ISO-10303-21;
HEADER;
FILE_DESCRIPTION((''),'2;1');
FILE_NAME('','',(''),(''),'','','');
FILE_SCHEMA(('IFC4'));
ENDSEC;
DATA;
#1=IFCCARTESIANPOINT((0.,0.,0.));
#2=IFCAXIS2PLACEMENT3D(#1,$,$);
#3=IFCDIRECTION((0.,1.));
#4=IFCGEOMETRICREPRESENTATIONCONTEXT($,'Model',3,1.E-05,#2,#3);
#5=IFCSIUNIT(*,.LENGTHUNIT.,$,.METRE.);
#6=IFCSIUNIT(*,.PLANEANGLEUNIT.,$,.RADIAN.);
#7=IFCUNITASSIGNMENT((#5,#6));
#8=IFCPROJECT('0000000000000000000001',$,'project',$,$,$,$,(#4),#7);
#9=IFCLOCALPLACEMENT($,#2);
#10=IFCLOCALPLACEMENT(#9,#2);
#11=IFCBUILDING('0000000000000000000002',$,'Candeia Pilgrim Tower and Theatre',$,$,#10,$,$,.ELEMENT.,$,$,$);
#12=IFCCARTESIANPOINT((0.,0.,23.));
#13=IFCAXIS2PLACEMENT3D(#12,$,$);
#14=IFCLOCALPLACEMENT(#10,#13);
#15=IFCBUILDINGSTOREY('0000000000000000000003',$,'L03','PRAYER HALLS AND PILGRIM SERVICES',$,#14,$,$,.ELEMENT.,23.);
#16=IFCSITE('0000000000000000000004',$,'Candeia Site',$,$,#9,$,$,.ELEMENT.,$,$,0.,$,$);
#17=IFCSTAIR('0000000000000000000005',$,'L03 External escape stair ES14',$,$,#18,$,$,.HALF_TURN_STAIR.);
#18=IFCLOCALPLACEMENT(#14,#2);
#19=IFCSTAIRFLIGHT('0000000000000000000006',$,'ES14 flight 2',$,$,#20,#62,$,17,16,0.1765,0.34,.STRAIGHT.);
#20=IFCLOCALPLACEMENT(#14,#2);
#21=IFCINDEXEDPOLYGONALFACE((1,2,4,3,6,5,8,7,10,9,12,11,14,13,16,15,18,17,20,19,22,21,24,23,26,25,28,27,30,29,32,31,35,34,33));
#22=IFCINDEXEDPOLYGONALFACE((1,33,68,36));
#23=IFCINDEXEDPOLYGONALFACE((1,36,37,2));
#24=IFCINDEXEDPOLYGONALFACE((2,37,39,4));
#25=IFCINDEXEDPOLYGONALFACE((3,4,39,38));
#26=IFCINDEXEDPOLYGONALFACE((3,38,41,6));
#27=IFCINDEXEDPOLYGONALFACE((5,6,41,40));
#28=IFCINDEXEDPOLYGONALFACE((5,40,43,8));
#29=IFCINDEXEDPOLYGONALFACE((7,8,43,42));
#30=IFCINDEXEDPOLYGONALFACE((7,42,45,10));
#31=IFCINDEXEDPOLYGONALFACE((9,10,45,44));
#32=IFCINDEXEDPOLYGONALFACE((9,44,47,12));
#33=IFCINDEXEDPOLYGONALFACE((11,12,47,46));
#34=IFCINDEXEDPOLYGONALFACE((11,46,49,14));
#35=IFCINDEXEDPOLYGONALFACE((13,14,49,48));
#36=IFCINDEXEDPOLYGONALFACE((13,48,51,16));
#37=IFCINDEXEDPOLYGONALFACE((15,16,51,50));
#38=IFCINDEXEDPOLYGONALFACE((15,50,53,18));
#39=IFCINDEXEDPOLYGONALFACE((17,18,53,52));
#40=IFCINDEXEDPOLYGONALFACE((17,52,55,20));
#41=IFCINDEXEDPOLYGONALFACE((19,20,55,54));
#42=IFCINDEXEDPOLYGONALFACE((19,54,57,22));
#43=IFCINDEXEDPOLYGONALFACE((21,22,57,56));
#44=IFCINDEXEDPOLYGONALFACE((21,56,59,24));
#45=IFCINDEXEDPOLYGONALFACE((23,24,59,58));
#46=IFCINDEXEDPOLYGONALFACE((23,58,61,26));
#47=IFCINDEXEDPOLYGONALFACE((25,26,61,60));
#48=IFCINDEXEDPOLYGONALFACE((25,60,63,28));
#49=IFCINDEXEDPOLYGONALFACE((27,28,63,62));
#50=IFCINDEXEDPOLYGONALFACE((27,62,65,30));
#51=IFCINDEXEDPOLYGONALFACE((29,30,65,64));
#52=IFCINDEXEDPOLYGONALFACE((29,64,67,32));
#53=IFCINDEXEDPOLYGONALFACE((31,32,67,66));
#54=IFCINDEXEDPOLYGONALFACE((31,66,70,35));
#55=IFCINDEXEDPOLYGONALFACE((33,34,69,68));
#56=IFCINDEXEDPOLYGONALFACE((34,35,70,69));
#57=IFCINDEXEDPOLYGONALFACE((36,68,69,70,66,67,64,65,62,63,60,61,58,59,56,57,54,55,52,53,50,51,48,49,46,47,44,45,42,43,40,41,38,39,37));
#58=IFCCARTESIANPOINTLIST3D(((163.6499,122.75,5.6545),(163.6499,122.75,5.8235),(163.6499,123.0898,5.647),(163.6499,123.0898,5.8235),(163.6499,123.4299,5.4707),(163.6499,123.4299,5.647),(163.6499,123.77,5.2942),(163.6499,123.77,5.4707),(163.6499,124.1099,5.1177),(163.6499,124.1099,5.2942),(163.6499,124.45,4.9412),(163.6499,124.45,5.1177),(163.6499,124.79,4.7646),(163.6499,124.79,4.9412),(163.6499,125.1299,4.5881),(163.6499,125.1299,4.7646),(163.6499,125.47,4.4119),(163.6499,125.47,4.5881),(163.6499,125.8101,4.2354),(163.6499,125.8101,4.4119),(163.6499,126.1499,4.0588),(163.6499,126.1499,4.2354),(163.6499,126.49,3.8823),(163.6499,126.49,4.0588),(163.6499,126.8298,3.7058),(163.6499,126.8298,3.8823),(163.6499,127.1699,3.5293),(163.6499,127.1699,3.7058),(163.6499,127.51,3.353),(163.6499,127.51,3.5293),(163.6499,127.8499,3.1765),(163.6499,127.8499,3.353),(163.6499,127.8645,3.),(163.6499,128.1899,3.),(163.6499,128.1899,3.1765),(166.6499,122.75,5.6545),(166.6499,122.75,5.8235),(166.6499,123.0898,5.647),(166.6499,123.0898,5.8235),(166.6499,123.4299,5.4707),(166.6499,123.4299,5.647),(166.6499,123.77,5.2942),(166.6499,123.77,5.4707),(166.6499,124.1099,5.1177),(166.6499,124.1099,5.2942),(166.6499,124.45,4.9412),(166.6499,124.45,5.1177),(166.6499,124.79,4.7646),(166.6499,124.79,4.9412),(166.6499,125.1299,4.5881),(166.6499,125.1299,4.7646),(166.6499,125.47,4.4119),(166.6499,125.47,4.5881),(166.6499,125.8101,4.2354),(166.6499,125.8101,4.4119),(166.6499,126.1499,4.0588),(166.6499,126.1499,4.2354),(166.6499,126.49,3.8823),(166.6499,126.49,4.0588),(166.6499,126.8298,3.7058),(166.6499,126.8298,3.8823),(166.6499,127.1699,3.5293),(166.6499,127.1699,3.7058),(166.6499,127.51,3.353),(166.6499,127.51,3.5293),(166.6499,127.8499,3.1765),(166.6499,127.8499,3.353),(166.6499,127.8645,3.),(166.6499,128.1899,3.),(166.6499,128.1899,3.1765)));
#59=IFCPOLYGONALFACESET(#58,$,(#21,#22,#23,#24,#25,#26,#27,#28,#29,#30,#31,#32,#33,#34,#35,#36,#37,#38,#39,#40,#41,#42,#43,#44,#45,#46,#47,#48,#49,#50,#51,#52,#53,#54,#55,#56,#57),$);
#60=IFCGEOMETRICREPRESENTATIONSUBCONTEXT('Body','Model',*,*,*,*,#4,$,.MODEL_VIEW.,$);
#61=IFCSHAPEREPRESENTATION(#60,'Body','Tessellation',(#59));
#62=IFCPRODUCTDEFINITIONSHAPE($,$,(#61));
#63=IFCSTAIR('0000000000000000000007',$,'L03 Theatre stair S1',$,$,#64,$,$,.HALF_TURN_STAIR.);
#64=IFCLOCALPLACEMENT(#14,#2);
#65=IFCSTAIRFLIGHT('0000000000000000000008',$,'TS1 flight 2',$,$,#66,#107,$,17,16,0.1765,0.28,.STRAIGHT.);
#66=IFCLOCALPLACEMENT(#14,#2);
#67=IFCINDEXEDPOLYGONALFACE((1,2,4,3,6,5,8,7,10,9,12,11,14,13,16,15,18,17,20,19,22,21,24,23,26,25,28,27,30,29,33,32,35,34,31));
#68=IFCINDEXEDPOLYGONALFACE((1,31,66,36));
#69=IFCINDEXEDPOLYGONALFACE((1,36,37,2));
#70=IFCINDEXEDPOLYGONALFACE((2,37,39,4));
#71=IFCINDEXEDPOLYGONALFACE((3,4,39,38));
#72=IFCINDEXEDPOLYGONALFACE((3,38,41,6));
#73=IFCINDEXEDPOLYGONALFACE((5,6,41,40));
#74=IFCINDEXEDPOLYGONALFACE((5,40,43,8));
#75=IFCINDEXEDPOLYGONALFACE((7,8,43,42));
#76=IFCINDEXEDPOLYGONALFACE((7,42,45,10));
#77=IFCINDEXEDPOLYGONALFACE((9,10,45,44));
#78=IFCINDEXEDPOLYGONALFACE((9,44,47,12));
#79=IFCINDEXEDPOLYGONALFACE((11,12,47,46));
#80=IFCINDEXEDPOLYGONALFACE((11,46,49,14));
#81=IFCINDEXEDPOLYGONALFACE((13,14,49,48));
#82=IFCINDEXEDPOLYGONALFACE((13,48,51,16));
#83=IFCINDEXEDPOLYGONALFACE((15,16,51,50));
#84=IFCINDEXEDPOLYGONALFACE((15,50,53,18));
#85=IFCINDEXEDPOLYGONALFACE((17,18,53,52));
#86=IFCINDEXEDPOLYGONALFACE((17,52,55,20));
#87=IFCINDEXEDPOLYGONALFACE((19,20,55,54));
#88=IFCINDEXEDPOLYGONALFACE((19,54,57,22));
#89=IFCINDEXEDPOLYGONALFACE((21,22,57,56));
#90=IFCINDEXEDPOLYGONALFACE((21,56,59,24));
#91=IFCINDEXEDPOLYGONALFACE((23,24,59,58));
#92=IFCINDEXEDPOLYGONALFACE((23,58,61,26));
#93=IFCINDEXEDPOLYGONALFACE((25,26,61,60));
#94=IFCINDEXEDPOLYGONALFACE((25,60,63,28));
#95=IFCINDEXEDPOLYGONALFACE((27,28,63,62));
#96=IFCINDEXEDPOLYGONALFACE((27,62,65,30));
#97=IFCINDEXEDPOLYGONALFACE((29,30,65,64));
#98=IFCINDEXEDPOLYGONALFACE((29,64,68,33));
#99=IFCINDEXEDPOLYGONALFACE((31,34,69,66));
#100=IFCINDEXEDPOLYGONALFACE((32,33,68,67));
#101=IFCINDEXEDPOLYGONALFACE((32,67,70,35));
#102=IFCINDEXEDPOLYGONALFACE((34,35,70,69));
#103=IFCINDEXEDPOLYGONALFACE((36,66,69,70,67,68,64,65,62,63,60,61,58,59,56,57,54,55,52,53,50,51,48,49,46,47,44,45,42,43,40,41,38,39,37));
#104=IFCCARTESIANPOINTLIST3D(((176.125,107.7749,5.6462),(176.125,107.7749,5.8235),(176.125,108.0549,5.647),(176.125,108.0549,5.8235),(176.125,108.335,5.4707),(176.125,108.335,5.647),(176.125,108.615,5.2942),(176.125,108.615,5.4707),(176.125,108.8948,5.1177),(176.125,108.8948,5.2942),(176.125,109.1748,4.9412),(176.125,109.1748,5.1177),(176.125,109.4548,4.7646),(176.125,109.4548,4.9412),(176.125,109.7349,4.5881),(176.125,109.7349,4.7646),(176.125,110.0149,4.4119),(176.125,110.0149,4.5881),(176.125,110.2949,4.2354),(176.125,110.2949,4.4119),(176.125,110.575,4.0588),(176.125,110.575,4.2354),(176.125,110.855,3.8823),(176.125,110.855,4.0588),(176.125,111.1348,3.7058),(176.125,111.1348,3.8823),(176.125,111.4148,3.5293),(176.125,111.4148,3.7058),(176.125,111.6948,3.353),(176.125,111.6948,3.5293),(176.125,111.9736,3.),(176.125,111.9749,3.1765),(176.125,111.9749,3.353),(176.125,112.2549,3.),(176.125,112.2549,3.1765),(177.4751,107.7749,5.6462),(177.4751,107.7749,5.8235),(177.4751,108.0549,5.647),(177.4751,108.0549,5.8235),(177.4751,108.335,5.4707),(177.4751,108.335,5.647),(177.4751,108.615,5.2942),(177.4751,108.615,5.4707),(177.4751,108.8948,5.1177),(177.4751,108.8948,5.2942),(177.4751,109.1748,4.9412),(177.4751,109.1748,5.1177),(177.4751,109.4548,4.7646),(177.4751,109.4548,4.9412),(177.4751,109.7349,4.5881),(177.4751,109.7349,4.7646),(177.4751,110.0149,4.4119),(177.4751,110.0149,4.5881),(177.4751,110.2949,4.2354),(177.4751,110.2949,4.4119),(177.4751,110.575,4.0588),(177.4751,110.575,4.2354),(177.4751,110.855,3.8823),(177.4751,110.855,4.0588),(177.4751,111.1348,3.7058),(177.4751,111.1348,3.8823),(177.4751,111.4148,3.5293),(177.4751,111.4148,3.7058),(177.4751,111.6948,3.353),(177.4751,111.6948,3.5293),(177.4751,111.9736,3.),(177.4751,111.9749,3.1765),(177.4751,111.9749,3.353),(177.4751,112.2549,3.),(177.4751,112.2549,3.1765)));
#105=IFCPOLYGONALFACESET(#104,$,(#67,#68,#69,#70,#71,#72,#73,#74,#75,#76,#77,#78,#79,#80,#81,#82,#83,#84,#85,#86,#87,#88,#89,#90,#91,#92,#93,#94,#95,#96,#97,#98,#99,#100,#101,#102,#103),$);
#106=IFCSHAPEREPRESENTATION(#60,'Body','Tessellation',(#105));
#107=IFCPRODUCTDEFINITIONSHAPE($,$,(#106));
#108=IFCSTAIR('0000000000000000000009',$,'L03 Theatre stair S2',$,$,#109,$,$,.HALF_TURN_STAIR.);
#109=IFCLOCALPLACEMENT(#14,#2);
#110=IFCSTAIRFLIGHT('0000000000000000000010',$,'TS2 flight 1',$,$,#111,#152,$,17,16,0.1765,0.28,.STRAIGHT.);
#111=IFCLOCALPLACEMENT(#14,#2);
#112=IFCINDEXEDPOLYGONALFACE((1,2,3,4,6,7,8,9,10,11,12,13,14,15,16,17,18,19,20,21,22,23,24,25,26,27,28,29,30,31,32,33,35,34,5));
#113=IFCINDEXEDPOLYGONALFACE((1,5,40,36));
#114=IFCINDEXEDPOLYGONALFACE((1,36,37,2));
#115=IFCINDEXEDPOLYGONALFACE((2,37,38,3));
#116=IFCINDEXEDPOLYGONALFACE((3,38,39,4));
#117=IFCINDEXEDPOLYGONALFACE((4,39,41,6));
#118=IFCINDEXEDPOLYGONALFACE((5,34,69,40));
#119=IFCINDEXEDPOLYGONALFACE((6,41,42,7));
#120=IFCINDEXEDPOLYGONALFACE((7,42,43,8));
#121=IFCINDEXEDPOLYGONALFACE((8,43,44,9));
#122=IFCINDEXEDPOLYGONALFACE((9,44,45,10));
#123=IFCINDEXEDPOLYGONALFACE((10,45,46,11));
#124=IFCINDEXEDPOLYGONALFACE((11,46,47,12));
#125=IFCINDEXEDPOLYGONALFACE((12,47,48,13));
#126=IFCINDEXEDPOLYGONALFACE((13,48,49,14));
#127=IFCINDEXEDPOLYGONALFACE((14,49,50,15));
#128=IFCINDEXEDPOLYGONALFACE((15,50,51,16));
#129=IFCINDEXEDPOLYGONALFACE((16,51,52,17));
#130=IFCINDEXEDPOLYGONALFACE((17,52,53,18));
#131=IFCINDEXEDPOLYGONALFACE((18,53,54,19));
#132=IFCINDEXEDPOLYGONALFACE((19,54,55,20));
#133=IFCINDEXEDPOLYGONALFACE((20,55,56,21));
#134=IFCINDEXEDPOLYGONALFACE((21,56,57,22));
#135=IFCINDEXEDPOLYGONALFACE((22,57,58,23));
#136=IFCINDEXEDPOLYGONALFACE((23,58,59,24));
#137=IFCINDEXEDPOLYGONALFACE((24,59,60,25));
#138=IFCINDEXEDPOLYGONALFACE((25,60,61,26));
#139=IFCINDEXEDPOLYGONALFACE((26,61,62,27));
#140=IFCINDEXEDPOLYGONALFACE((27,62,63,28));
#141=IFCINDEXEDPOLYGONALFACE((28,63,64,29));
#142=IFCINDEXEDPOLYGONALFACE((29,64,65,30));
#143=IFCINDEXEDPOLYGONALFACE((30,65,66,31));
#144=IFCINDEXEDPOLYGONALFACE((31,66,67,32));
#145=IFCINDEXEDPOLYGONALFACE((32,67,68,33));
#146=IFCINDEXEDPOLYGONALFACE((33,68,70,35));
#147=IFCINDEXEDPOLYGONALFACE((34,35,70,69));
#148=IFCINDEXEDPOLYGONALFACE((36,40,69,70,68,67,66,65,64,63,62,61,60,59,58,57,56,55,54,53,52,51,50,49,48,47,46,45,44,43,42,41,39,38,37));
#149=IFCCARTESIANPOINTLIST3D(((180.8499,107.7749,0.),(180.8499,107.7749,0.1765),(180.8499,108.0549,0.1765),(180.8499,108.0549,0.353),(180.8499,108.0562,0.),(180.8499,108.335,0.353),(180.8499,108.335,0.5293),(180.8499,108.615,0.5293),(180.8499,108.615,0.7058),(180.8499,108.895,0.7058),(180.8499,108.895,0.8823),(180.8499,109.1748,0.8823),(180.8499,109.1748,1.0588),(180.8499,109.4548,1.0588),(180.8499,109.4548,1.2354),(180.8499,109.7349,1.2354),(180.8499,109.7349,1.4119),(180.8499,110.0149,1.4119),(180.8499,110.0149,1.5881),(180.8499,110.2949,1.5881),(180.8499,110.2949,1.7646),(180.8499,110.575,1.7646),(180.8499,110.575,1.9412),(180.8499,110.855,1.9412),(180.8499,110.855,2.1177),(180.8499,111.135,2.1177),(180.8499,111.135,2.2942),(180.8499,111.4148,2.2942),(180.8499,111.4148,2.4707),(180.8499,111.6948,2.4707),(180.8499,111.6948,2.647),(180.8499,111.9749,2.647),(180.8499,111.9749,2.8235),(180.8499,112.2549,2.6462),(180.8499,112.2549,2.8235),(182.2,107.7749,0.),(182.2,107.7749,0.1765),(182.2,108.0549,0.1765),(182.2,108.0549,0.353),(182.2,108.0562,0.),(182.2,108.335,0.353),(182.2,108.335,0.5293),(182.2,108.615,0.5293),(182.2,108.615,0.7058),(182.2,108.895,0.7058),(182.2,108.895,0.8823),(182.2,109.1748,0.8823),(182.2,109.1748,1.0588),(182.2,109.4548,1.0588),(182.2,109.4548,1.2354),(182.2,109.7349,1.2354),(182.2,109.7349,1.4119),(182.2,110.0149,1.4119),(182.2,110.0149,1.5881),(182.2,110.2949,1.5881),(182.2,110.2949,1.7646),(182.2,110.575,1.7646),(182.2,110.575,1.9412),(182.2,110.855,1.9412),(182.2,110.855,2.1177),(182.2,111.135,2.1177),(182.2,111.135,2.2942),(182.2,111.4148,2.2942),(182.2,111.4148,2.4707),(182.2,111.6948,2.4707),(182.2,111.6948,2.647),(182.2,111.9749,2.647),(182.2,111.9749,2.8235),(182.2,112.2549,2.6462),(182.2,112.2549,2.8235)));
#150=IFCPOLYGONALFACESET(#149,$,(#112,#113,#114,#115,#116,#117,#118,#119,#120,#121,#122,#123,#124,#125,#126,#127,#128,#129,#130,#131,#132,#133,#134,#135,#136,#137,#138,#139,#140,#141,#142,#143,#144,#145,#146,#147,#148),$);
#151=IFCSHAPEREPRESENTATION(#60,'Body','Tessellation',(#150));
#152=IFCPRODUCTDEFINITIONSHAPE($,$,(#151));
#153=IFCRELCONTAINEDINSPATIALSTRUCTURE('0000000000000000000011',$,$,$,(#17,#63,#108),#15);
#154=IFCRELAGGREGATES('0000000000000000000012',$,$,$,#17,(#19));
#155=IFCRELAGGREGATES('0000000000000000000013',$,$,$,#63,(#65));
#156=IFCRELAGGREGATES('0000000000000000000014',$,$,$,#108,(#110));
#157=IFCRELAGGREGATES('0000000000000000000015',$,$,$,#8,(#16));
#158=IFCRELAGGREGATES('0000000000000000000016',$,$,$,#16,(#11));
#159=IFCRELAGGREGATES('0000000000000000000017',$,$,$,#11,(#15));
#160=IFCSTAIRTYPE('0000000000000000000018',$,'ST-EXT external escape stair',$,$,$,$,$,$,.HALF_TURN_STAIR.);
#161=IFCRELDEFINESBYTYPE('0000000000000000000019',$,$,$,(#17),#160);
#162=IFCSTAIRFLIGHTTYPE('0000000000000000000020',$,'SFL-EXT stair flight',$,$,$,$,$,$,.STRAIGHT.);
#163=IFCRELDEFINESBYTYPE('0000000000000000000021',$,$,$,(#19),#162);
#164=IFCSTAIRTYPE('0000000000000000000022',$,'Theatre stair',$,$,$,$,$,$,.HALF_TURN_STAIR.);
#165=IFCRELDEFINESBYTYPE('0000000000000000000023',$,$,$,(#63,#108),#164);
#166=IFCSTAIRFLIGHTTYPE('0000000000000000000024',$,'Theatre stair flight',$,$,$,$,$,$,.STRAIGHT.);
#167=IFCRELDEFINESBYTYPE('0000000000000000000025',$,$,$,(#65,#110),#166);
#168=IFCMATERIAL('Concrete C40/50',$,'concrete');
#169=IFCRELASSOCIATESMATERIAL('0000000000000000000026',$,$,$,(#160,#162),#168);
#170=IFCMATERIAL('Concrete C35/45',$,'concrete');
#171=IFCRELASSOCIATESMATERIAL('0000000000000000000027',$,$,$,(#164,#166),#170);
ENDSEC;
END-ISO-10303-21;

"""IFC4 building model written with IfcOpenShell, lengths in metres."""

from ifc_helpers import new_model, si_unit, direction, frame, origin, place, context, subcontext, project, spatial, polyline, outline, extrude, material, type_object, element, aggregate, save


model = new_model("IFC4")

# Units and contexts
model_context = context("Model", 3, precision=1e-05, world=origin(), true_north=direction((0.0, 1.0)))
body_context = subcontext(model_context, "Body", "Model", "MODEL_VIEW")
ifc_project = project(units=[si_unit("LENGTHUNIT", "METRE"), si_unit("PLANEANGLEUNIT", "RADIAN")], contexts=[model_context])

# Site, building, storey
site_placement = place(None, origin())
site = spatial("IfcSite", under=ifc_project, at=site_placement, Name="Candeia Site", CompositionType="ELEMENT", RefElevation=0.0)
building_placement = place(site_placement, origin())
building = spatial("IfcBuilding", under=site, at=building_placement, Name="Candeia Pilgrim Tower and Theatre", CompositionType="ELEMENT")
storey_placement = place(building_placement, frame((0.0, 0.0, 23.0)))
storey = spatial("IfcBuildingStorey", under=building, at=storey_placement, Name="L03", Description="PRAYER HALLS AND PILGRIM SERVICES", CompositionType="ELEMENT", Elevation=23.0)

# Shared definitions
ifc_material_1 = material(Name="Concrete C40/50", Category="concrete")

# Shared definitions
ifc_material_2 = material(Name="Concrete C35/45", Category="concrete")

# Stairs, stair flights
stair_type_1 = type_object("IfcStairType", Name="ST-EXT external escape stair", PredefinedType="HALF_TURN_STAIR", material=ifc_material_1)
stair_flight_type_1 = type_object("IfcStairFlightType", Name="SFL-EXT stair flight", PredefinedType="STRAIGHT", material=ifc_material_1)
stair_1_placement = place(storey_placement, origin())
stair_1 = element("IfcStair", 1, at=stair_1_placement, inside=storey, type_object=stair_type_1, Name="L03 External escape stair ES14", PredefinedType="HALF_TURN_STAIR")
stair_flight_1_placement = place(storey_placement, frame((165.1499, 128.1899, 3.0), z_axis=(0.0, 0.0, 1.0), x_axis=(0.0, -1.0, 0.0)))
stair_flight_1 = element("IfcStairFlight", 2, at=stair_flight_1_placement, type_object=stair_flight_type_1, Name="ES14 flight 2", NumberOfRisers=17, NumberOfTreads=16, PredefinedType="STRAIGHT", RiserHeight=0.1765, TreadLength=0.34, context=body_context, shape_type="SweptSolid", body=[
    extrude(outline(polyline([(0.0, 0.0), (0.0, 0.1765), (0.3401, 0.1765), (0.3401, 0.353), (0.6799, 0.353), (0.6799, 0.5293), (1.02, 0.5293), (1.02, 0.7058), (1.3601, 0.7058), (1.3601, 0.8823), (1.7, 0.8823), (1.7, 1.0588), (2.04, 1.0588), (2.04, 1.2354), (2.3799, 1.2354), (2.3799, 1.4119), (2.72, 1.4119), (2.72, 1.5881), (3.0601, 1.5881), (3.0601, 1.7646), (3.3999, 1.7646), (3.3999, 1.9412), (3.74, 1.9412), (3.74, 2.1177), (4.0801, 2.1177), (4.0801, 2.2942), (4.4199, 2.2942), (4.4199, 2.4707), (4.76, 2.4707), (4.76, 2.647), (5.1001, 2.647), (5.1001, 2.8235), (5.4399, 2.8235), (5.4399, 3.0), (5.4399, 2.6545), (0.3254, 0.0), (0.0, 0.0)])), frame((0.0, 1.5, 0.0), z_axis=(0.0, -1.0, 0.0), x_axis=(1.0, 0.0, 0.0)), (0.0, 0.0, 1.0), 3.0),
])
aggregate(stair_1, [stair_flight_1])
stair_type_2 = type_object("IfcStairType", Name="Theatre stair", PredefinedType="HALF_TURN_STAIR", material=ifc_material_2)
stair_2_placement = place(storey_placement, origin())
stair_2 = element("IfcStair", 3, at=stair_2_placement, inside=storey, type_object=stair_type_2, Name="L03 Theatre stair S1", PredefinedType="HALF_TURN_STAIR")
stair_flight_type_2 = type_object("IfcStairFlightType", Name="Theatre stair flight", PredefinedType="STRAIGHT", material=ifc_material_2)
stair_flight_2_placement = place(storey_placement, frame((176.8, 112.2549, 3.0), z_axis=(0.0, 0.0, 1.0), x_axis=(0.0, -1.0, 0.0)))
stair_flight_2 = element("IfcStairFlight", 4, at=stair_flight_2_placement, type_object=stair_flight_type_2, Name="TS1 flight 2", NumberOfRisers=17, NumberOfTreads=16, PredefinedType="STRAIGHT", RiserHeight=0.1765, TreadLength=0.28, context=body_context, shape_type="SweptSolid", body=[
    extrude(outline(polyline([(0.0, 0.0), (0.0, 0.1765), (0.28, 0.1765), (0.28, 0.353), (0.5601, 0.353), (0.5601, 0.5293), (0.8401, 0.5293), (0.8401, 0.7058), (1.1201, 0.7058), (1.1201, 0.8823), (1.3999, 0.8823), (1.3999, 1.0588), (1.6799, 1.0588), (1.6799, 1.2354), (1.96, 1.2354), (1.96, 1.4119), (2.24, 1.4119), (2.24, 1.5881), (2.52, 1.5881), (2.52, 1.7646), (2.8, 1.7646), (2.8, 1.9412), (3.0801, 1.9412), (3.0801, 2.1177), (3.3601, 2.1177), (3.3601, 2.2942), (3.6399, 2.2942), (3.6399, 2.4707), (3.9199, 2.4707), (3.9199, 2.647), (4.2, 2.647), (4.2, 2.8235), (4.48, 2.8235), (4.48, 3.0), (4.48, 2.6462), (0.2812, 0.0), (0.0, 0.0)])), frame((0.0, 0.675, 0.0), z_axis=(0.0, -1.0, 0.0), x_axis=(1.0, 0.0, 0.0)), (0.0, 0.0, 1.0), 1.3501),
])
aggregate(stair_2, [stair_flight_2])

# Stair, stair flight
stair_3_placement = place(storey_placement, origin())
stair_3 = element("IfcStair", 5, at=stair_3_placement, inside=storey, type_object=stair_type_2, Name="L03 Theatre stair S2", PredefinedType="HALF_TURN_STAIR")
stair_flight_3_placement = place(storey_placement, frame((181.5249, 107.7749, 0.0), z_axis=(0.0, 0.0, 1.0), x_axis=(0.0, 1.0, 0.0)))
stair_flight_3 = element("IfcStairFlight", 6, at=stair_flight_3_placement, type_object=stair_flight_type_2, Name="TS2 flight 1", NumberOfRisers=17, NumberOfTreads=16, PredefinedType="STRAIGHT", RiserHeight=0.1765, TreadLength=0.28, context=body_context, shape_type="SweptSolid", body=[
    extrude(outline(polyline([(0.0, 0.0), (0.0, 0.1765), (0.28, 0.1765), (0.28, 0.353), (0.5601, 0.353), (0.5601, 0.5293), (0.8401, 0.5293), (0.8401, 0.7058), (1.1201, 0.7058), (1.1201, 0.8823), (1.3999, 0.8823), (1.3999, 1.0588), (1.6799, 1.0588), (1.6799, 1.2354), (1.96, 1.2354), (1.96, 1.4119), (2.24, 1.4119), (2.24, 1.5881), (2.52, 1.5881), (2.52, 1.7646), (2.8, 1.7646), (2.8, 1.9412), (3.0801, 1.9412), (3.0801, 2.1177), (3.3601, 2.1177), (3.3601, 2.2942), (3.6399, 2.2942), (3.6399, 2.4707), (3.9199, 2.4707), (3.9199, 2.647), (4.2, 2.647), (4.2, 2.8235), (4.48, 2.8235), (4.48, 3.0), (4.48, 2.6462), (0.2812, 0.0), (0.0, 0.0)])), frame((0.0, 0.675, 0.0), z_axis=(0.0, -1.0, 0.0), x_axis=(1.0, 0.0, 0.0)), (0.0, 0.0, 1.0), 1.3501),
])
aggregate(stair_3, [stair_flight_3])

save(model, "model.ifc")
